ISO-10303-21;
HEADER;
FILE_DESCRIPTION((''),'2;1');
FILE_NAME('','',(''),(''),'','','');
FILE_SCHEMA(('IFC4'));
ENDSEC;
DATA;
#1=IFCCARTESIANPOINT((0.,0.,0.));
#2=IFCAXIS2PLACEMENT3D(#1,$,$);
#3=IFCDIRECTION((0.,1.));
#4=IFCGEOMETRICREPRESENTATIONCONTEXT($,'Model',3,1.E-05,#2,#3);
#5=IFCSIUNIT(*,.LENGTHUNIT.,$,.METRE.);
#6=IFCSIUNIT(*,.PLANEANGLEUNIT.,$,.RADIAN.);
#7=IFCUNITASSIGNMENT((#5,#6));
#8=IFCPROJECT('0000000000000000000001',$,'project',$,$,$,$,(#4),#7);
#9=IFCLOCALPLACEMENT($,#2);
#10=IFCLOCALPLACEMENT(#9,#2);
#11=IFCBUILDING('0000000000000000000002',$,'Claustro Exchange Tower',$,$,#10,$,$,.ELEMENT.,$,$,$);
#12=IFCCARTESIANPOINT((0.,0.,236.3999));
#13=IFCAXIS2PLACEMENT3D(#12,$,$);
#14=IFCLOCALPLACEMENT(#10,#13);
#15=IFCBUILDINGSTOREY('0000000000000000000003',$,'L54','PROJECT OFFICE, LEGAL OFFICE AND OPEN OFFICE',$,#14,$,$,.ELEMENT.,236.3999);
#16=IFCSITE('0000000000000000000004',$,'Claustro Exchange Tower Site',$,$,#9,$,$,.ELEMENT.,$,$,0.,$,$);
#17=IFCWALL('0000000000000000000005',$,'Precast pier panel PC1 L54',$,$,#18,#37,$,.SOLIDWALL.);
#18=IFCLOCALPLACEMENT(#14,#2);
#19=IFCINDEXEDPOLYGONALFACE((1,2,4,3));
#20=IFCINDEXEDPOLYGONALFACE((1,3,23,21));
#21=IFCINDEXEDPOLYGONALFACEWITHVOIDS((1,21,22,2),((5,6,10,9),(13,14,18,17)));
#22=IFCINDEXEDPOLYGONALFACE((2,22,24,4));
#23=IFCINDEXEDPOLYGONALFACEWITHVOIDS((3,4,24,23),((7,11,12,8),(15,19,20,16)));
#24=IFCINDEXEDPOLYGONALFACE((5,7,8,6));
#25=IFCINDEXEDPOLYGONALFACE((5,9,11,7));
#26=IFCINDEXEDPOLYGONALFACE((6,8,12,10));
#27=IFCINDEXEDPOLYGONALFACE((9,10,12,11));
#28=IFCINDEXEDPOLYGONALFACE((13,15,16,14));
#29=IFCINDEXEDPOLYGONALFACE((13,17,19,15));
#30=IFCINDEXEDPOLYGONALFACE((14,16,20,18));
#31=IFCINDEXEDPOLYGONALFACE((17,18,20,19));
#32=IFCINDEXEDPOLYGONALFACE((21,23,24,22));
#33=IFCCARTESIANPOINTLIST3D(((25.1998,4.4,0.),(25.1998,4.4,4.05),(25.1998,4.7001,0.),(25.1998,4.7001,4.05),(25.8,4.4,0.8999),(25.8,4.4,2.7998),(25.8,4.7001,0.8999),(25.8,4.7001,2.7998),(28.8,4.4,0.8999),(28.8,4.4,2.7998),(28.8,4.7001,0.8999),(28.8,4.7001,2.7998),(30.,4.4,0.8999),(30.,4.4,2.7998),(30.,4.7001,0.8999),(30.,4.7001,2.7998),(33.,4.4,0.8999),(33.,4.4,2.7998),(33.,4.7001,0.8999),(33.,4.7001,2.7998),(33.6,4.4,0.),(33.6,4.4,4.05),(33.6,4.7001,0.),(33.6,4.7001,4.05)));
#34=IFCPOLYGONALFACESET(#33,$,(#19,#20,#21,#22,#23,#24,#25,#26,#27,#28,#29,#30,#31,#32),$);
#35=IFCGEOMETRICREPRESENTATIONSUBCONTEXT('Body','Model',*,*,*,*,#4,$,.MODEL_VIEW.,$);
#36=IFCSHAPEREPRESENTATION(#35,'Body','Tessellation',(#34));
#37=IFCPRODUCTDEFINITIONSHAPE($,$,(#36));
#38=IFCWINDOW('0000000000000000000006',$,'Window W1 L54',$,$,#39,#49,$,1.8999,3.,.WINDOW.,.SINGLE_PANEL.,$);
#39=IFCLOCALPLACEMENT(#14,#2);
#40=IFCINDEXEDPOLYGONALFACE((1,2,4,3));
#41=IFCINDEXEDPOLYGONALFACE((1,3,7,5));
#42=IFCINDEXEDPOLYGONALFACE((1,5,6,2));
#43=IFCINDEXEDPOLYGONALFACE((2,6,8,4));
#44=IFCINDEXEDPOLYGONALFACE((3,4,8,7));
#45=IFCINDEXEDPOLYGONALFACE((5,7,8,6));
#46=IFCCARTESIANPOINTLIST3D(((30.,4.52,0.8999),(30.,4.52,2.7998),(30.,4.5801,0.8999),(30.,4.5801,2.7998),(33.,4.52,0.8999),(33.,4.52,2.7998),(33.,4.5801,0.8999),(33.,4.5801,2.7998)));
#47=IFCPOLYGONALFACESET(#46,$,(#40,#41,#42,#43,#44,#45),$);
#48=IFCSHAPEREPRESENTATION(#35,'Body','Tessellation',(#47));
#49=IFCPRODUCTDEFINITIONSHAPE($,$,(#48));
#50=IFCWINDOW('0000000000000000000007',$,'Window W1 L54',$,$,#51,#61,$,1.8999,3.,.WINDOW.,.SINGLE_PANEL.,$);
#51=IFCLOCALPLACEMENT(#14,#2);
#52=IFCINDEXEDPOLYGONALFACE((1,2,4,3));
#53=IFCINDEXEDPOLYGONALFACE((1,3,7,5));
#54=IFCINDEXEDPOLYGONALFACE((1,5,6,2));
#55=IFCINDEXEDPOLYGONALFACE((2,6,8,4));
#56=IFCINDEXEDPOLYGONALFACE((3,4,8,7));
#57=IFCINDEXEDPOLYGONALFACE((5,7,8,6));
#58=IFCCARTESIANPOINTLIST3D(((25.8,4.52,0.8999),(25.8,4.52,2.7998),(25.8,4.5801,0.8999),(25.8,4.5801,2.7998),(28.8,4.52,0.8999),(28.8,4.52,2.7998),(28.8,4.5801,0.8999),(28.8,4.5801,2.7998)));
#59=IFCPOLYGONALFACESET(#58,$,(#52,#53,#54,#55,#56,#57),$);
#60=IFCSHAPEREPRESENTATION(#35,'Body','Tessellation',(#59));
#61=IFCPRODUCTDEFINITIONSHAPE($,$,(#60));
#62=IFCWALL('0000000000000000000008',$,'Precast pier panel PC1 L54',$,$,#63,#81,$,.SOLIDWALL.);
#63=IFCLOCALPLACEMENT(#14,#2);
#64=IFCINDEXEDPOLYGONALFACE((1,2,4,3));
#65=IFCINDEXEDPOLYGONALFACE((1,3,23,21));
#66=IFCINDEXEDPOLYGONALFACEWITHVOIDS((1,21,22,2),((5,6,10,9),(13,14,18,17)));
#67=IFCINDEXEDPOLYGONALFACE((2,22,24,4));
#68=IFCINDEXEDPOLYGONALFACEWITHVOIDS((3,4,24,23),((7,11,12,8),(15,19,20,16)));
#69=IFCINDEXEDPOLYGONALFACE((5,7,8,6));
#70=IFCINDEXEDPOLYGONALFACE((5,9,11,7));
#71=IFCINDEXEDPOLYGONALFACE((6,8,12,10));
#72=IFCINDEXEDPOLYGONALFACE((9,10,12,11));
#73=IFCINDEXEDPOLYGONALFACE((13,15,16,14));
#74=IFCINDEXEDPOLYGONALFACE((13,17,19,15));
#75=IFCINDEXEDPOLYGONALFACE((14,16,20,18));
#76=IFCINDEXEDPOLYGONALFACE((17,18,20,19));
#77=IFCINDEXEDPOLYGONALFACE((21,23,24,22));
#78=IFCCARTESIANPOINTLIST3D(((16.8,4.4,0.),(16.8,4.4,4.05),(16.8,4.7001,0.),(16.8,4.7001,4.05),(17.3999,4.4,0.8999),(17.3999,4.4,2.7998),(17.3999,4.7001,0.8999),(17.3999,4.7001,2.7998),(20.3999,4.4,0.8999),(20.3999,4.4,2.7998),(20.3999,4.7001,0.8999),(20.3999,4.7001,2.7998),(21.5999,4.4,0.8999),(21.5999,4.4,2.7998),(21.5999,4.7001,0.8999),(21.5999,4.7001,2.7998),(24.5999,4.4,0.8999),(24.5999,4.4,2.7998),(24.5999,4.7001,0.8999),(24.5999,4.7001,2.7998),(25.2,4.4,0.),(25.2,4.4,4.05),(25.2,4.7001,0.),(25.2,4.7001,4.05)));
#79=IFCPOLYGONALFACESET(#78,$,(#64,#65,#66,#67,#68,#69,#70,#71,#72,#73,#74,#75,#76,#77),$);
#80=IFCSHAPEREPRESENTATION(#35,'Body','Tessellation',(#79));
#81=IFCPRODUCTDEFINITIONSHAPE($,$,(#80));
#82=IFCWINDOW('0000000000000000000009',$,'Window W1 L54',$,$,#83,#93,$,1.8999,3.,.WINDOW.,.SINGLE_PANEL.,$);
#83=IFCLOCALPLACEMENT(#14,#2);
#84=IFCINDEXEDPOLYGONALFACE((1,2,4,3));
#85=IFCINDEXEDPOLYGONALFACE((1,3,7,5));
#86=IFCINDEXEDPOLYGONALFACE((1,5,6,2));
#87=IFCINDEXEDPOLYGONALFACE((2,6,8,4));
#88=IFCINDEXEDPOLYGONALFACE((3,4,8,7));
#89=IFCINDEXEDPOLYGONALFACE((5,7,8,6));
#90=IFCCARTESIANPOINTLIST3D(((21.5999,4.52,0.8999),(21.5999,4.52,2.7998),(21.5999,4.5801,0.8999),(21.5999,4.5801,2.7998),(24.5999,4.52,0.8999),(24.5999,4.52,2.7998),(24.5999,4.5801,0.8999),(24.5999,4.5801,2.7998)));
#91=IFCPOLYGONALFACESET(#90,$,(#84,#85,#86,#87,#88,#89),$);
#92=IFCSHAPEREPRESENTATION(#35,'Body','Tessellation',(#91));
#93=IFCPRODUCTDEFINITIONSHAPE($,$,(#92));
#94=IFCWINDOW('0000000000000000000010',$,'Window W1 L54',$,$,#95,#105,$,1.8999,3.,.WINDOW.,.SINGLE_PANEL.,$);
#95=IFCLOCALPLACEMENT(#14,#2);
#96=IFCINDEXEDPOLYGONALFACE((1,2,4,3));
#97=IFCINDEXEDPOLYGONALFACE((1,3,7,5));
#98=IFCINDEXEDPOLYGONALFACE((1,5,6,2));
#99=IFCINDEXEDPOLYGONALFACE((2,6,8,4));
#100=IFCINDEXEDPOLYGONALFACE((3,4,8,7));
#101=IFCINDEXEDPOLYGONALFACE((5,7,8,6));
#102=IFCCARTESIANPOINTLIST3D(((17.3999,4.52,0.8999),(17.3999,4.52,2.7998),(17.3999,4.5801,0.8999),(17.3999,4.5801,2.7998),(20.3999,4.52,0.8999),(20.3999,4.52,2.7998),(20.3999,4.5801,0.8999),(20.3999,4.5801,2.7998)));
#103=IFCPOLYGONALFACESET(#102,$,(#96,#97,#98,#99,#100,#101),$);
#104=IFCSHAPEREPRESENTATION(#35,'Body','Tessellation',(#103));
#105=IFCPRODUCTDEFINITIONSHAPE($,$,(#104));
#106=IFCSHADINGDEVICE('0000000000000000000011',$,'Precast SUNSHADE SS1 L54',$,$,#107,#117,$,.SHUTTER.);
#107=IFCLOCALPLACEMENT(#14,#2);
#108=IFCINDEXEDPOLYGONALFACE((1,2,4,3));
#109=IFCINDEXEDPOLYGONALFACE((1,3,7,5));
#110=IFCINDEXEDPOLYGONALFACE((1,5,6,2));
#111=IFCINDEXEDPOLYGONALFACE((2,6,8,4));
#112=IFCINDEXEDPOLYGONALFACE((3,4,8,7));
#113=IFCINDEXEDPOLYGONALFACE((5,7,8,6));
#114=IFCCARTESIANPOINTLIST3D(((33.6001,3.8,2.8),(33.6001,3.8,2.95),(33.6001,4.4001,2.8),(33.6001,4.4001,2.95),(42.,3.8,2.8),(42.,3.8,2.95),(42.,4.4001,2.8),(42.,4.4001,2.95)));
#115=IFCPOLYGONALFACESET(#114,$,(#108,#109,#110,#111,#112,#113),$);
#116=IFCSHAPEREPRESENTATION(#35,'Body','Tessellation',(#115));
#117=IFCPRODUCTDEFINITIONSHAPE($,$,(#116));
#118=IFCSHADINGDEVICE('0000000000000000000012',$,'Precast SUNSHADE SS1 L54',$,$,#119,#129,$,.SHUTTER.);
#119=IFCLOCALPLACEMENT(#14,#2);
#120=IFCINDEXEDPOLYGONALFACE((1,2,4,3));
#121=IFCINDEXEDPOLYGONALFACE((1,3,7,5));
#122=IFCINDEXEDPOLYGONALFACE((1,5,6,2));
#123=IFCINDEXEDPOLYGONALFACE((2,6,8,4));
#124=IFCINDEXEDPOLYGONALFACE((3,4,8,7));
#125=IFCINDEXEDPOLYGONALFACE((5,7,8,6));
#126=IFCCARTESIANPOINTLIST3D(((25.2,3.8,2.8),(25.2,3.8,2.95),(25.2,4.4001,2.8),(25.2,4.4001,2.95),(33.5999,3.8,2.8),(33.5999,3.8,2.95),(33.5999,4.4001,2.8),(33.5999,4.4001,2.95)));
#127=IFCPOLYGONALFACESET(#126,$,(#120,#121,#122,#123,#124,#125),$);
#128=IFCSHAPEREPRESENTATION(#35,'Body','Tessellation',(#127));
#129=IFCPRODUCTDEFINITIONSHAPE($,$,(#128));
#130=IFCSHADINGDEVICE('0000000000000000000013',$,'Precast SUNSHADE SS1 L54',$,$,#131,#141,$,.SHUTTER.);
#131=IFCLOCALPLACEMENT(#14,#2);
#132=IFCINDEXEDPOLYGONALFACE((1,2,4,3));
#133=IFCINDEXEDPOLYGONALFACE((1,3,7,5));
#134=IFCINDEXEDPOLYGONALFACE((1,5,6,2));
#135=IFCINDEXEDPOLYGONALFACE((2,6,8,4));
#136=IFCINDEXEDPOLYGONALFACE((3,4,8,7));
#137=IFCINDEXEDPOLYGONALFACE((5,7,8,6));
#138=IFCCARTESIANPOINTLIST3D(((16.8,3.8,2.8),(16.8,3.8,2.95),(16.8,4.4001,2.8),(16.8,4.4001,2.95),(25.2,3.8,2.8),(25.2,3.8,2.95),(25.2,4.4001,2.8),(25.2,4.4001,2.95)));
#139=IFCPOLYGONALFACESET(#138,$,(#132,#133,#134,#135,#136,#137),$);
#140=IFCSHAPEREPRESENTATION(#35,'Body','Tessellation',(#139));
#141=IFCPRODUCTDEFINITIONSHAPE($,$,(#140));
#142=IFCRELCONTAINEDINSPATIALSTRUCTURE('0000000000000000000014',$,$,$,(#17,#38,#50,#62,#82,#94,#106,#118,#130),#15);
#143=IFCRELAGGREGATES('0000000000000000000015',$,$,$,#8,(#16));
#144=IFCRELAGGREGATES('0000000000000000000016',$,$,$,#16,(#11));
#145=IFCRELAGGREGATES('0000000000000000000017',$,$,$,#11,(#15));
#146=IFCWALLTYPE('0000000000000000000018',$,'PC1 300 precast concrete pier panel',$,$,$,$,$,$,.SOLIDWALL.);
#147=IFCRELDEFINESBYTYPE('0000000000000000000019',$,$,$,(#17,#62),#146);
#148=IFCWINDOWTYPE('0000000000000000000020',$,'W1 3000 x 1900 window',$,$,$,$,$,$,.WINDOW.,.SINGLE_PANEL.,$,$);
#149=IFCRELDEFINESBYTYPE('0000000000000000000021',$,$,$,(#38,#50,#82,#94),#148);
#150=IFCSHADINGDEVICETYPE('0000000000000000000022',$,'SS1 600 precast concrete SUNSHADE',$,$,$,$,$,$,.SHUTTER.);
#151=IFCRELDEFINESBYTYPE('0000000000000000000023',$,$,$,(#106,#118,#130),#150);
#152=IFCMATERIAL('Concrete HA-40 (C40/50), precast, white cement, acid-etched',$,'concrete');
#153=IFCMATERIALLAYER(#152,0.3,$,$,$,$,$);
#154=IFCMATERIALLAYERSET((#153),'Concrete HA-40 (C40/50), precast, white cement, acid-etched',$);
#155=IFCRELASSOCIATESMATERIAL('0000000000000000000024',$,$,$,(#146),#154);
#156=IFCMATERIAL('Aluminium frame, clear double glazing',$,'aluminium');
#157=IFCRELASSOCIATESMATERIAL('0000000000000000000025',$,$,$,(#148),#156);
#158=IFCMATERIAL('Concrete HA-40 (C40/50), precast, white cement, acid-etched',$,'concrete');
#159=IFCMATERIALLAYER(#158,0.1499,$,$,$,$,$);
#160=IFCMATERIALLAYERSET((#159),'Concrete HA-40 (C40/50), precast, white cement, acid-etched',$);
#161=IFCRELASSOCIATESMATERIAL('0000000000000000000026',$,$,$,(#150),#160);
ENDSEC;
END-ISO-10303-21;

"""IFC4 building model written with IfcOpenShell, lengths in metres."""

from ifc_helpers import new_model, si_unit, direction, frame, frame_2d, origin, origin_2d, place, context, subcontext, project, spatial, rectangle, extrude, material, layer, layer_set, type_object, element, fill, save


model = new_model("IFC4")

# Units and contexts
model_context = context("Model", 3, precision=1e-05, world=origin(), true_north=direction((0.0, 1.0)))
body_context = subcontext(model_context, "Body", "Model", "MODEL_VIEW")
ifc_project = project(units=[si_unit("LENGTHUNIT", "METRE"), si_unit("PLANEANGLEUNIT", "RADIAN")], contexts=[model_context])

# Site, building, storey
site_placement = place(None, origin())
site = spatial("IfcSite", under=ifc_project, at=site_placement, Name="Claustro Exchange Tower Site", CompositionType="ELEMENT", RefElevation=0.0)
building_placement = place(site_placement, origin())
building = spatial("IfcBuilding", under=site, at=building_placement, Name="Claustro Exchange Tower", CompositionType="ELEMENT")
storey_placement = place(building_placement, frame((0.0, 0.0, 236.3999)))
storey = spatial("IfcBuildingStorey", under=building, at=storey_placement, Name="L54", Description="PROJECT OFFICE, LEGAL OFFICE AND OPEN OFFICE", CompositionType="ELEMENT", Elevation=236.3999)

# Walls, openings, windows
ifc_material_1 = material(Name="Concrete HA-40 (C40/50), precast, white cement, acid-etched", Category="concrete")
ifc_layer_1 = layer(ifc_material_1, 0.3)
ifc_layer_set_1 = layer_set([ifc_layer_1], Name="Concrete HA-40 (C40/50), precast, white cement, acid-etched")
wall_type_1 = type_object("IfcWallType", Name="PC1 300 precast concrete pier panel", PredefinedType="SOLIDWALL", material=ifc_layer_set_1)
wall_1_placement = place(storey_placement, frame((33.6001, 4.55, 0.0), z_axis=(0.0, 0.0, 1.0), x_axis=(-1.0, 0.0, 0.0)))
wall_1 = element("IfcWall", 1, at=wall_1_placement, inside=storey, type_object=wall_type_1, Name="Precast pier panel PC1 L54", PredefinedType="SOLIDWALL", context=body_context, shape_type="SweptSolid", body=[
    extrude(rectangle(XDim=8.4001, YDim=0.3, at=frame_2d((4.2002, 0.0))), origin(), (0.0, 0.0, 1.0), 4.05),
])
opening_1_placement = place(wall_1_placement, frame((0.6001, 0.0, 0.8999)))
opening_1 = element("IfcOpeningElement", 2, at=opening_1_placement, cuts=wall_1, PredefinedType="OPENING", context=body_context, shape_type="SweptSolid", body=[
    extrude(rectangle(XDim=3.0, YDim=1.8999, at=frame_2d((1.5, 0.95))), frame((0.0, 0.1599, 0.0), z_axis=(0.0, -1.0, 0.0), x_axis=(1.0, 0.0, 0.0)), (0.0, 0.0, 1.0), 0.3201),
])
opening_2_placement = place(wall_1_placement, frame((4.8, 0.0, 0.8999)))
opening_2 = element("IfcOpeningElement", 3, at=opening_2_placement, cuts=wall_1, PredefinedType="OPENING", context=body_context, shape_type="SweptSolid", body=[
    extrude(rectangle(XDim=3.0, YDim=1.8999, at=frame_2d((1.5, 0.95))), frame((0.0, 0.1599, 0.0), z_axis=(0.0, -1.0, 0.0), x_axis=(1.0, 0.0, 0.0)), (0.0, 0.0, 1.0), 0.3201),
])
ifc_material_2 = material(Name="Aluminium frame, clear double glazing", Category="aluminium")
window_type = type_object("IfcWindowType", Name="W1 3000 x 1900 window", PartitioningType="SINGLE_PANEL", PredefinedType="WINDOW", material=ifc_material_2)
window_1_placement = place(opening_1_placement, origin())
window_1 = element("IfcWindow", 4, at=window_1_placement, inside=storey, type_object=window_type, Name="Window W1 L54", OverallHeight=1.8999, OverallWidth=3.0, PartitioningType="SINGLE_PANEL", PredefinedType="WINDOW", context=body_context, shape_type="SweptSolid", body=[
    extrude(rectangle(XDim=3.0, YDim=1.8999, at=frame_2d((1.5, 0.95))), frame((0.0, 0.03, 0.0), z_axis=(0.0, -1.0, 0.0), x_axis=(1.0, 0.0, 0.0)), (0.0, 0.0, 1.0), 0.0601),
])
fill(opening_1, window_1)
window_2_placement = place(opening_2_placement, origin())
window_2 = element("IfcWindow", 5, at=window_2_placement, inside=storey, type_object=window_type, Name="Window W1 L54", OverallHeight=1.8999, OverallWidth=3.0, PartitioningType="SINGLE_PANEL", PredefinedType="WINDOW", context=body_context, shape_type="SweptSolid", body=[
    extrude(rectangle(XDim=3.0, YDim=1.8999, at=frame_2d((1.5, 0.95))), frame((0.0, 0.03, 0.0), z_axis=(0.0, -1.0, 0.0), x_axis=(1.0, 0.0, 0.0)), (0.0, 0.0, 1.0), 0.0601),
])
fill(opening_2, window_2)
wall_2_placement = place(storey_placement, frame((25.2, 4.55, 0.0), z_axis=(0.0, 0.0, 1.0), x_axis=(-1.0, 0.0, 0.0)))
wall_2 = element("IfcWall", 6, at=wall_2_placement, inside=storey, type_object=wall_type_1, Name="Precast pier panel PC1 L54", PredefinedType="SOLIDWALL", context=body_context, shape_type="SweptSolid", body=[
    extrude(rectangle(XDim=8.3999, YDim=0.3, at=frame_2d((4.2, 0.0))), origin(), (0.0, 0.0, 1.0), 4.05),
])
opening_3_placement = place(wall_2_placement, frame((0.6001, 0.0, 0.8999)))
opening_3 = element("IfcOpeningElement", 7, at=opening_3_placement, cuts=wall_2, PredefinedType="OPENING", context=body_context, shape_type="SweptSolid", body=[
    extrude(rectangle(XDim=3.0, YDim=1.8999, at=frame_2d((1.5, 0.95))), frame((0.0, 0.1599, 0.0), z_axis=(0.0, -1.0, 0.0), x_axis=(1.0, 0.0, 0.0)), (0.0, 0.0, 1.0), 0.3201),
])
opening_4_placement = place(wall_2_placement, frame((4.8, 0.0, 0.8999)))
opening_4 = element("IfcOpeningElement", 8, at=opening_4_placement, cuts=wall_2, PredefinedType="OPENING", context=body_context, shape_type="SweptSolid", body=[
    extrude(rectangle(XDim=3.0, YDim=1.8999, at=frame_2d((1.5, 0.95))), frame((0.0, 0.1599, 0.0), z_axis=(0.0, -1.0, 0.0), x_axis=(1.0, 0.0, 0.0)), (0.0, 0.0, 1.0), 0.3201),
])
window_3_placement = place(opening_3_placement, origin())
window_3 = element("IfcWindow", 9, at=window_3_placement, inside=storey, type_object=window_type, Name="Window W1 L54", OverallHeight=1.8999, OverallWidth=3.0, PartitioningType="SINGLE_PANEL", PredefinedType="WINDOW", context=body_context, shape_type="SweptSolid", body=[
    extrude(rectangle(XDim=3.0, YDim=1.8999, at=frame_2d((1.5, 0.95))), frame((0.0, 0.03, 0.0), z_axis=(0.0, -1.0, 0.0), x_axis=(1.0, 0.0, 0.0)), (0.0, 0.0, 1.0), 0.0601),
])
fill(opening_3, window_3)
window_4_placement = place(opening_4_placement, origin())
window_4 = element("IfcWindow", 10, at=window_4_placement, inside=storey, type_object=window_type, Name="Window W1 L54", OverallHeight=1.8999, OverallWidth=3.0, PartitioningType="SINGLE_PANEL", PredefinedType="WINDOW", context=body_context, shape_type="SweptSolid", body=[
    extrude(rectangle(XDim=3.0, YDim=1.8999, at=frame_2d((1.5, 0.95))), frame((0.0, 0.03, 0.0), z_axis=(0.0, -1.0, 0.0), x_axis=(1.0, 0.0, 0.0)), (0.0, 0.0, 1.0), 0.0601),
])
fill(opening_4, window_4)

# Shading devices
ifc_material_3 = material(Name="Concrete HA-40 (C40/50), precast, white cement, acid-etched", Category="concrete")
ifc_layer_2 = layer(ifc_material_3, 0.1499)
ifc_layer_set_2 = layer_set([ifc_layer_2], Name="Concrete HA-40 (C40/50), precast, white cement, acid-etched")
shading_device_type = type_object("IfcShadingDeviceType", Name="SS1 600 precast concrete SUNSHADE", PredefinedType="SHUTTER", material=ifc_layer_set_2)
for number, where, z_axis, x_axis, name in (
    (11, (37.8, 4.1001, 2.8), (0.0, 0.0, 1.0), (-1.0, 0.0, 0.0), "Precast SUNSHADE SS1 L54"),
    (12, (29.3999, 4.1001, 2.8), (0.0, 0.0, 1.0), (-1.0, 0.0, 0.0), "Precast SUNSHADE SS1 L54"),
    (13, (21.0, 4.1001, 2.8), (0.0, 0.0, 1.0), (-1.0, 0.0, 0.0), "Precast SUNSHADE SS1 L54"),
):
    element("IfcShadingDevice", number, at=place(storey_placement, frame(where, z_axis=z_axis, x_axis=x_axis)), inside=storey, type_object=shading_device_type, Name=name, PredefinedType="SHUTTER", context=body_context, shape_type="SweptSolid", body=[
        extrude(rectangle(XDim=8.3999, YDim=0.6001, at=origin_2d()), origin(), (0.0, 0.0, 1.0), 0.1499),
    ])

save(model, "model.ifc")
